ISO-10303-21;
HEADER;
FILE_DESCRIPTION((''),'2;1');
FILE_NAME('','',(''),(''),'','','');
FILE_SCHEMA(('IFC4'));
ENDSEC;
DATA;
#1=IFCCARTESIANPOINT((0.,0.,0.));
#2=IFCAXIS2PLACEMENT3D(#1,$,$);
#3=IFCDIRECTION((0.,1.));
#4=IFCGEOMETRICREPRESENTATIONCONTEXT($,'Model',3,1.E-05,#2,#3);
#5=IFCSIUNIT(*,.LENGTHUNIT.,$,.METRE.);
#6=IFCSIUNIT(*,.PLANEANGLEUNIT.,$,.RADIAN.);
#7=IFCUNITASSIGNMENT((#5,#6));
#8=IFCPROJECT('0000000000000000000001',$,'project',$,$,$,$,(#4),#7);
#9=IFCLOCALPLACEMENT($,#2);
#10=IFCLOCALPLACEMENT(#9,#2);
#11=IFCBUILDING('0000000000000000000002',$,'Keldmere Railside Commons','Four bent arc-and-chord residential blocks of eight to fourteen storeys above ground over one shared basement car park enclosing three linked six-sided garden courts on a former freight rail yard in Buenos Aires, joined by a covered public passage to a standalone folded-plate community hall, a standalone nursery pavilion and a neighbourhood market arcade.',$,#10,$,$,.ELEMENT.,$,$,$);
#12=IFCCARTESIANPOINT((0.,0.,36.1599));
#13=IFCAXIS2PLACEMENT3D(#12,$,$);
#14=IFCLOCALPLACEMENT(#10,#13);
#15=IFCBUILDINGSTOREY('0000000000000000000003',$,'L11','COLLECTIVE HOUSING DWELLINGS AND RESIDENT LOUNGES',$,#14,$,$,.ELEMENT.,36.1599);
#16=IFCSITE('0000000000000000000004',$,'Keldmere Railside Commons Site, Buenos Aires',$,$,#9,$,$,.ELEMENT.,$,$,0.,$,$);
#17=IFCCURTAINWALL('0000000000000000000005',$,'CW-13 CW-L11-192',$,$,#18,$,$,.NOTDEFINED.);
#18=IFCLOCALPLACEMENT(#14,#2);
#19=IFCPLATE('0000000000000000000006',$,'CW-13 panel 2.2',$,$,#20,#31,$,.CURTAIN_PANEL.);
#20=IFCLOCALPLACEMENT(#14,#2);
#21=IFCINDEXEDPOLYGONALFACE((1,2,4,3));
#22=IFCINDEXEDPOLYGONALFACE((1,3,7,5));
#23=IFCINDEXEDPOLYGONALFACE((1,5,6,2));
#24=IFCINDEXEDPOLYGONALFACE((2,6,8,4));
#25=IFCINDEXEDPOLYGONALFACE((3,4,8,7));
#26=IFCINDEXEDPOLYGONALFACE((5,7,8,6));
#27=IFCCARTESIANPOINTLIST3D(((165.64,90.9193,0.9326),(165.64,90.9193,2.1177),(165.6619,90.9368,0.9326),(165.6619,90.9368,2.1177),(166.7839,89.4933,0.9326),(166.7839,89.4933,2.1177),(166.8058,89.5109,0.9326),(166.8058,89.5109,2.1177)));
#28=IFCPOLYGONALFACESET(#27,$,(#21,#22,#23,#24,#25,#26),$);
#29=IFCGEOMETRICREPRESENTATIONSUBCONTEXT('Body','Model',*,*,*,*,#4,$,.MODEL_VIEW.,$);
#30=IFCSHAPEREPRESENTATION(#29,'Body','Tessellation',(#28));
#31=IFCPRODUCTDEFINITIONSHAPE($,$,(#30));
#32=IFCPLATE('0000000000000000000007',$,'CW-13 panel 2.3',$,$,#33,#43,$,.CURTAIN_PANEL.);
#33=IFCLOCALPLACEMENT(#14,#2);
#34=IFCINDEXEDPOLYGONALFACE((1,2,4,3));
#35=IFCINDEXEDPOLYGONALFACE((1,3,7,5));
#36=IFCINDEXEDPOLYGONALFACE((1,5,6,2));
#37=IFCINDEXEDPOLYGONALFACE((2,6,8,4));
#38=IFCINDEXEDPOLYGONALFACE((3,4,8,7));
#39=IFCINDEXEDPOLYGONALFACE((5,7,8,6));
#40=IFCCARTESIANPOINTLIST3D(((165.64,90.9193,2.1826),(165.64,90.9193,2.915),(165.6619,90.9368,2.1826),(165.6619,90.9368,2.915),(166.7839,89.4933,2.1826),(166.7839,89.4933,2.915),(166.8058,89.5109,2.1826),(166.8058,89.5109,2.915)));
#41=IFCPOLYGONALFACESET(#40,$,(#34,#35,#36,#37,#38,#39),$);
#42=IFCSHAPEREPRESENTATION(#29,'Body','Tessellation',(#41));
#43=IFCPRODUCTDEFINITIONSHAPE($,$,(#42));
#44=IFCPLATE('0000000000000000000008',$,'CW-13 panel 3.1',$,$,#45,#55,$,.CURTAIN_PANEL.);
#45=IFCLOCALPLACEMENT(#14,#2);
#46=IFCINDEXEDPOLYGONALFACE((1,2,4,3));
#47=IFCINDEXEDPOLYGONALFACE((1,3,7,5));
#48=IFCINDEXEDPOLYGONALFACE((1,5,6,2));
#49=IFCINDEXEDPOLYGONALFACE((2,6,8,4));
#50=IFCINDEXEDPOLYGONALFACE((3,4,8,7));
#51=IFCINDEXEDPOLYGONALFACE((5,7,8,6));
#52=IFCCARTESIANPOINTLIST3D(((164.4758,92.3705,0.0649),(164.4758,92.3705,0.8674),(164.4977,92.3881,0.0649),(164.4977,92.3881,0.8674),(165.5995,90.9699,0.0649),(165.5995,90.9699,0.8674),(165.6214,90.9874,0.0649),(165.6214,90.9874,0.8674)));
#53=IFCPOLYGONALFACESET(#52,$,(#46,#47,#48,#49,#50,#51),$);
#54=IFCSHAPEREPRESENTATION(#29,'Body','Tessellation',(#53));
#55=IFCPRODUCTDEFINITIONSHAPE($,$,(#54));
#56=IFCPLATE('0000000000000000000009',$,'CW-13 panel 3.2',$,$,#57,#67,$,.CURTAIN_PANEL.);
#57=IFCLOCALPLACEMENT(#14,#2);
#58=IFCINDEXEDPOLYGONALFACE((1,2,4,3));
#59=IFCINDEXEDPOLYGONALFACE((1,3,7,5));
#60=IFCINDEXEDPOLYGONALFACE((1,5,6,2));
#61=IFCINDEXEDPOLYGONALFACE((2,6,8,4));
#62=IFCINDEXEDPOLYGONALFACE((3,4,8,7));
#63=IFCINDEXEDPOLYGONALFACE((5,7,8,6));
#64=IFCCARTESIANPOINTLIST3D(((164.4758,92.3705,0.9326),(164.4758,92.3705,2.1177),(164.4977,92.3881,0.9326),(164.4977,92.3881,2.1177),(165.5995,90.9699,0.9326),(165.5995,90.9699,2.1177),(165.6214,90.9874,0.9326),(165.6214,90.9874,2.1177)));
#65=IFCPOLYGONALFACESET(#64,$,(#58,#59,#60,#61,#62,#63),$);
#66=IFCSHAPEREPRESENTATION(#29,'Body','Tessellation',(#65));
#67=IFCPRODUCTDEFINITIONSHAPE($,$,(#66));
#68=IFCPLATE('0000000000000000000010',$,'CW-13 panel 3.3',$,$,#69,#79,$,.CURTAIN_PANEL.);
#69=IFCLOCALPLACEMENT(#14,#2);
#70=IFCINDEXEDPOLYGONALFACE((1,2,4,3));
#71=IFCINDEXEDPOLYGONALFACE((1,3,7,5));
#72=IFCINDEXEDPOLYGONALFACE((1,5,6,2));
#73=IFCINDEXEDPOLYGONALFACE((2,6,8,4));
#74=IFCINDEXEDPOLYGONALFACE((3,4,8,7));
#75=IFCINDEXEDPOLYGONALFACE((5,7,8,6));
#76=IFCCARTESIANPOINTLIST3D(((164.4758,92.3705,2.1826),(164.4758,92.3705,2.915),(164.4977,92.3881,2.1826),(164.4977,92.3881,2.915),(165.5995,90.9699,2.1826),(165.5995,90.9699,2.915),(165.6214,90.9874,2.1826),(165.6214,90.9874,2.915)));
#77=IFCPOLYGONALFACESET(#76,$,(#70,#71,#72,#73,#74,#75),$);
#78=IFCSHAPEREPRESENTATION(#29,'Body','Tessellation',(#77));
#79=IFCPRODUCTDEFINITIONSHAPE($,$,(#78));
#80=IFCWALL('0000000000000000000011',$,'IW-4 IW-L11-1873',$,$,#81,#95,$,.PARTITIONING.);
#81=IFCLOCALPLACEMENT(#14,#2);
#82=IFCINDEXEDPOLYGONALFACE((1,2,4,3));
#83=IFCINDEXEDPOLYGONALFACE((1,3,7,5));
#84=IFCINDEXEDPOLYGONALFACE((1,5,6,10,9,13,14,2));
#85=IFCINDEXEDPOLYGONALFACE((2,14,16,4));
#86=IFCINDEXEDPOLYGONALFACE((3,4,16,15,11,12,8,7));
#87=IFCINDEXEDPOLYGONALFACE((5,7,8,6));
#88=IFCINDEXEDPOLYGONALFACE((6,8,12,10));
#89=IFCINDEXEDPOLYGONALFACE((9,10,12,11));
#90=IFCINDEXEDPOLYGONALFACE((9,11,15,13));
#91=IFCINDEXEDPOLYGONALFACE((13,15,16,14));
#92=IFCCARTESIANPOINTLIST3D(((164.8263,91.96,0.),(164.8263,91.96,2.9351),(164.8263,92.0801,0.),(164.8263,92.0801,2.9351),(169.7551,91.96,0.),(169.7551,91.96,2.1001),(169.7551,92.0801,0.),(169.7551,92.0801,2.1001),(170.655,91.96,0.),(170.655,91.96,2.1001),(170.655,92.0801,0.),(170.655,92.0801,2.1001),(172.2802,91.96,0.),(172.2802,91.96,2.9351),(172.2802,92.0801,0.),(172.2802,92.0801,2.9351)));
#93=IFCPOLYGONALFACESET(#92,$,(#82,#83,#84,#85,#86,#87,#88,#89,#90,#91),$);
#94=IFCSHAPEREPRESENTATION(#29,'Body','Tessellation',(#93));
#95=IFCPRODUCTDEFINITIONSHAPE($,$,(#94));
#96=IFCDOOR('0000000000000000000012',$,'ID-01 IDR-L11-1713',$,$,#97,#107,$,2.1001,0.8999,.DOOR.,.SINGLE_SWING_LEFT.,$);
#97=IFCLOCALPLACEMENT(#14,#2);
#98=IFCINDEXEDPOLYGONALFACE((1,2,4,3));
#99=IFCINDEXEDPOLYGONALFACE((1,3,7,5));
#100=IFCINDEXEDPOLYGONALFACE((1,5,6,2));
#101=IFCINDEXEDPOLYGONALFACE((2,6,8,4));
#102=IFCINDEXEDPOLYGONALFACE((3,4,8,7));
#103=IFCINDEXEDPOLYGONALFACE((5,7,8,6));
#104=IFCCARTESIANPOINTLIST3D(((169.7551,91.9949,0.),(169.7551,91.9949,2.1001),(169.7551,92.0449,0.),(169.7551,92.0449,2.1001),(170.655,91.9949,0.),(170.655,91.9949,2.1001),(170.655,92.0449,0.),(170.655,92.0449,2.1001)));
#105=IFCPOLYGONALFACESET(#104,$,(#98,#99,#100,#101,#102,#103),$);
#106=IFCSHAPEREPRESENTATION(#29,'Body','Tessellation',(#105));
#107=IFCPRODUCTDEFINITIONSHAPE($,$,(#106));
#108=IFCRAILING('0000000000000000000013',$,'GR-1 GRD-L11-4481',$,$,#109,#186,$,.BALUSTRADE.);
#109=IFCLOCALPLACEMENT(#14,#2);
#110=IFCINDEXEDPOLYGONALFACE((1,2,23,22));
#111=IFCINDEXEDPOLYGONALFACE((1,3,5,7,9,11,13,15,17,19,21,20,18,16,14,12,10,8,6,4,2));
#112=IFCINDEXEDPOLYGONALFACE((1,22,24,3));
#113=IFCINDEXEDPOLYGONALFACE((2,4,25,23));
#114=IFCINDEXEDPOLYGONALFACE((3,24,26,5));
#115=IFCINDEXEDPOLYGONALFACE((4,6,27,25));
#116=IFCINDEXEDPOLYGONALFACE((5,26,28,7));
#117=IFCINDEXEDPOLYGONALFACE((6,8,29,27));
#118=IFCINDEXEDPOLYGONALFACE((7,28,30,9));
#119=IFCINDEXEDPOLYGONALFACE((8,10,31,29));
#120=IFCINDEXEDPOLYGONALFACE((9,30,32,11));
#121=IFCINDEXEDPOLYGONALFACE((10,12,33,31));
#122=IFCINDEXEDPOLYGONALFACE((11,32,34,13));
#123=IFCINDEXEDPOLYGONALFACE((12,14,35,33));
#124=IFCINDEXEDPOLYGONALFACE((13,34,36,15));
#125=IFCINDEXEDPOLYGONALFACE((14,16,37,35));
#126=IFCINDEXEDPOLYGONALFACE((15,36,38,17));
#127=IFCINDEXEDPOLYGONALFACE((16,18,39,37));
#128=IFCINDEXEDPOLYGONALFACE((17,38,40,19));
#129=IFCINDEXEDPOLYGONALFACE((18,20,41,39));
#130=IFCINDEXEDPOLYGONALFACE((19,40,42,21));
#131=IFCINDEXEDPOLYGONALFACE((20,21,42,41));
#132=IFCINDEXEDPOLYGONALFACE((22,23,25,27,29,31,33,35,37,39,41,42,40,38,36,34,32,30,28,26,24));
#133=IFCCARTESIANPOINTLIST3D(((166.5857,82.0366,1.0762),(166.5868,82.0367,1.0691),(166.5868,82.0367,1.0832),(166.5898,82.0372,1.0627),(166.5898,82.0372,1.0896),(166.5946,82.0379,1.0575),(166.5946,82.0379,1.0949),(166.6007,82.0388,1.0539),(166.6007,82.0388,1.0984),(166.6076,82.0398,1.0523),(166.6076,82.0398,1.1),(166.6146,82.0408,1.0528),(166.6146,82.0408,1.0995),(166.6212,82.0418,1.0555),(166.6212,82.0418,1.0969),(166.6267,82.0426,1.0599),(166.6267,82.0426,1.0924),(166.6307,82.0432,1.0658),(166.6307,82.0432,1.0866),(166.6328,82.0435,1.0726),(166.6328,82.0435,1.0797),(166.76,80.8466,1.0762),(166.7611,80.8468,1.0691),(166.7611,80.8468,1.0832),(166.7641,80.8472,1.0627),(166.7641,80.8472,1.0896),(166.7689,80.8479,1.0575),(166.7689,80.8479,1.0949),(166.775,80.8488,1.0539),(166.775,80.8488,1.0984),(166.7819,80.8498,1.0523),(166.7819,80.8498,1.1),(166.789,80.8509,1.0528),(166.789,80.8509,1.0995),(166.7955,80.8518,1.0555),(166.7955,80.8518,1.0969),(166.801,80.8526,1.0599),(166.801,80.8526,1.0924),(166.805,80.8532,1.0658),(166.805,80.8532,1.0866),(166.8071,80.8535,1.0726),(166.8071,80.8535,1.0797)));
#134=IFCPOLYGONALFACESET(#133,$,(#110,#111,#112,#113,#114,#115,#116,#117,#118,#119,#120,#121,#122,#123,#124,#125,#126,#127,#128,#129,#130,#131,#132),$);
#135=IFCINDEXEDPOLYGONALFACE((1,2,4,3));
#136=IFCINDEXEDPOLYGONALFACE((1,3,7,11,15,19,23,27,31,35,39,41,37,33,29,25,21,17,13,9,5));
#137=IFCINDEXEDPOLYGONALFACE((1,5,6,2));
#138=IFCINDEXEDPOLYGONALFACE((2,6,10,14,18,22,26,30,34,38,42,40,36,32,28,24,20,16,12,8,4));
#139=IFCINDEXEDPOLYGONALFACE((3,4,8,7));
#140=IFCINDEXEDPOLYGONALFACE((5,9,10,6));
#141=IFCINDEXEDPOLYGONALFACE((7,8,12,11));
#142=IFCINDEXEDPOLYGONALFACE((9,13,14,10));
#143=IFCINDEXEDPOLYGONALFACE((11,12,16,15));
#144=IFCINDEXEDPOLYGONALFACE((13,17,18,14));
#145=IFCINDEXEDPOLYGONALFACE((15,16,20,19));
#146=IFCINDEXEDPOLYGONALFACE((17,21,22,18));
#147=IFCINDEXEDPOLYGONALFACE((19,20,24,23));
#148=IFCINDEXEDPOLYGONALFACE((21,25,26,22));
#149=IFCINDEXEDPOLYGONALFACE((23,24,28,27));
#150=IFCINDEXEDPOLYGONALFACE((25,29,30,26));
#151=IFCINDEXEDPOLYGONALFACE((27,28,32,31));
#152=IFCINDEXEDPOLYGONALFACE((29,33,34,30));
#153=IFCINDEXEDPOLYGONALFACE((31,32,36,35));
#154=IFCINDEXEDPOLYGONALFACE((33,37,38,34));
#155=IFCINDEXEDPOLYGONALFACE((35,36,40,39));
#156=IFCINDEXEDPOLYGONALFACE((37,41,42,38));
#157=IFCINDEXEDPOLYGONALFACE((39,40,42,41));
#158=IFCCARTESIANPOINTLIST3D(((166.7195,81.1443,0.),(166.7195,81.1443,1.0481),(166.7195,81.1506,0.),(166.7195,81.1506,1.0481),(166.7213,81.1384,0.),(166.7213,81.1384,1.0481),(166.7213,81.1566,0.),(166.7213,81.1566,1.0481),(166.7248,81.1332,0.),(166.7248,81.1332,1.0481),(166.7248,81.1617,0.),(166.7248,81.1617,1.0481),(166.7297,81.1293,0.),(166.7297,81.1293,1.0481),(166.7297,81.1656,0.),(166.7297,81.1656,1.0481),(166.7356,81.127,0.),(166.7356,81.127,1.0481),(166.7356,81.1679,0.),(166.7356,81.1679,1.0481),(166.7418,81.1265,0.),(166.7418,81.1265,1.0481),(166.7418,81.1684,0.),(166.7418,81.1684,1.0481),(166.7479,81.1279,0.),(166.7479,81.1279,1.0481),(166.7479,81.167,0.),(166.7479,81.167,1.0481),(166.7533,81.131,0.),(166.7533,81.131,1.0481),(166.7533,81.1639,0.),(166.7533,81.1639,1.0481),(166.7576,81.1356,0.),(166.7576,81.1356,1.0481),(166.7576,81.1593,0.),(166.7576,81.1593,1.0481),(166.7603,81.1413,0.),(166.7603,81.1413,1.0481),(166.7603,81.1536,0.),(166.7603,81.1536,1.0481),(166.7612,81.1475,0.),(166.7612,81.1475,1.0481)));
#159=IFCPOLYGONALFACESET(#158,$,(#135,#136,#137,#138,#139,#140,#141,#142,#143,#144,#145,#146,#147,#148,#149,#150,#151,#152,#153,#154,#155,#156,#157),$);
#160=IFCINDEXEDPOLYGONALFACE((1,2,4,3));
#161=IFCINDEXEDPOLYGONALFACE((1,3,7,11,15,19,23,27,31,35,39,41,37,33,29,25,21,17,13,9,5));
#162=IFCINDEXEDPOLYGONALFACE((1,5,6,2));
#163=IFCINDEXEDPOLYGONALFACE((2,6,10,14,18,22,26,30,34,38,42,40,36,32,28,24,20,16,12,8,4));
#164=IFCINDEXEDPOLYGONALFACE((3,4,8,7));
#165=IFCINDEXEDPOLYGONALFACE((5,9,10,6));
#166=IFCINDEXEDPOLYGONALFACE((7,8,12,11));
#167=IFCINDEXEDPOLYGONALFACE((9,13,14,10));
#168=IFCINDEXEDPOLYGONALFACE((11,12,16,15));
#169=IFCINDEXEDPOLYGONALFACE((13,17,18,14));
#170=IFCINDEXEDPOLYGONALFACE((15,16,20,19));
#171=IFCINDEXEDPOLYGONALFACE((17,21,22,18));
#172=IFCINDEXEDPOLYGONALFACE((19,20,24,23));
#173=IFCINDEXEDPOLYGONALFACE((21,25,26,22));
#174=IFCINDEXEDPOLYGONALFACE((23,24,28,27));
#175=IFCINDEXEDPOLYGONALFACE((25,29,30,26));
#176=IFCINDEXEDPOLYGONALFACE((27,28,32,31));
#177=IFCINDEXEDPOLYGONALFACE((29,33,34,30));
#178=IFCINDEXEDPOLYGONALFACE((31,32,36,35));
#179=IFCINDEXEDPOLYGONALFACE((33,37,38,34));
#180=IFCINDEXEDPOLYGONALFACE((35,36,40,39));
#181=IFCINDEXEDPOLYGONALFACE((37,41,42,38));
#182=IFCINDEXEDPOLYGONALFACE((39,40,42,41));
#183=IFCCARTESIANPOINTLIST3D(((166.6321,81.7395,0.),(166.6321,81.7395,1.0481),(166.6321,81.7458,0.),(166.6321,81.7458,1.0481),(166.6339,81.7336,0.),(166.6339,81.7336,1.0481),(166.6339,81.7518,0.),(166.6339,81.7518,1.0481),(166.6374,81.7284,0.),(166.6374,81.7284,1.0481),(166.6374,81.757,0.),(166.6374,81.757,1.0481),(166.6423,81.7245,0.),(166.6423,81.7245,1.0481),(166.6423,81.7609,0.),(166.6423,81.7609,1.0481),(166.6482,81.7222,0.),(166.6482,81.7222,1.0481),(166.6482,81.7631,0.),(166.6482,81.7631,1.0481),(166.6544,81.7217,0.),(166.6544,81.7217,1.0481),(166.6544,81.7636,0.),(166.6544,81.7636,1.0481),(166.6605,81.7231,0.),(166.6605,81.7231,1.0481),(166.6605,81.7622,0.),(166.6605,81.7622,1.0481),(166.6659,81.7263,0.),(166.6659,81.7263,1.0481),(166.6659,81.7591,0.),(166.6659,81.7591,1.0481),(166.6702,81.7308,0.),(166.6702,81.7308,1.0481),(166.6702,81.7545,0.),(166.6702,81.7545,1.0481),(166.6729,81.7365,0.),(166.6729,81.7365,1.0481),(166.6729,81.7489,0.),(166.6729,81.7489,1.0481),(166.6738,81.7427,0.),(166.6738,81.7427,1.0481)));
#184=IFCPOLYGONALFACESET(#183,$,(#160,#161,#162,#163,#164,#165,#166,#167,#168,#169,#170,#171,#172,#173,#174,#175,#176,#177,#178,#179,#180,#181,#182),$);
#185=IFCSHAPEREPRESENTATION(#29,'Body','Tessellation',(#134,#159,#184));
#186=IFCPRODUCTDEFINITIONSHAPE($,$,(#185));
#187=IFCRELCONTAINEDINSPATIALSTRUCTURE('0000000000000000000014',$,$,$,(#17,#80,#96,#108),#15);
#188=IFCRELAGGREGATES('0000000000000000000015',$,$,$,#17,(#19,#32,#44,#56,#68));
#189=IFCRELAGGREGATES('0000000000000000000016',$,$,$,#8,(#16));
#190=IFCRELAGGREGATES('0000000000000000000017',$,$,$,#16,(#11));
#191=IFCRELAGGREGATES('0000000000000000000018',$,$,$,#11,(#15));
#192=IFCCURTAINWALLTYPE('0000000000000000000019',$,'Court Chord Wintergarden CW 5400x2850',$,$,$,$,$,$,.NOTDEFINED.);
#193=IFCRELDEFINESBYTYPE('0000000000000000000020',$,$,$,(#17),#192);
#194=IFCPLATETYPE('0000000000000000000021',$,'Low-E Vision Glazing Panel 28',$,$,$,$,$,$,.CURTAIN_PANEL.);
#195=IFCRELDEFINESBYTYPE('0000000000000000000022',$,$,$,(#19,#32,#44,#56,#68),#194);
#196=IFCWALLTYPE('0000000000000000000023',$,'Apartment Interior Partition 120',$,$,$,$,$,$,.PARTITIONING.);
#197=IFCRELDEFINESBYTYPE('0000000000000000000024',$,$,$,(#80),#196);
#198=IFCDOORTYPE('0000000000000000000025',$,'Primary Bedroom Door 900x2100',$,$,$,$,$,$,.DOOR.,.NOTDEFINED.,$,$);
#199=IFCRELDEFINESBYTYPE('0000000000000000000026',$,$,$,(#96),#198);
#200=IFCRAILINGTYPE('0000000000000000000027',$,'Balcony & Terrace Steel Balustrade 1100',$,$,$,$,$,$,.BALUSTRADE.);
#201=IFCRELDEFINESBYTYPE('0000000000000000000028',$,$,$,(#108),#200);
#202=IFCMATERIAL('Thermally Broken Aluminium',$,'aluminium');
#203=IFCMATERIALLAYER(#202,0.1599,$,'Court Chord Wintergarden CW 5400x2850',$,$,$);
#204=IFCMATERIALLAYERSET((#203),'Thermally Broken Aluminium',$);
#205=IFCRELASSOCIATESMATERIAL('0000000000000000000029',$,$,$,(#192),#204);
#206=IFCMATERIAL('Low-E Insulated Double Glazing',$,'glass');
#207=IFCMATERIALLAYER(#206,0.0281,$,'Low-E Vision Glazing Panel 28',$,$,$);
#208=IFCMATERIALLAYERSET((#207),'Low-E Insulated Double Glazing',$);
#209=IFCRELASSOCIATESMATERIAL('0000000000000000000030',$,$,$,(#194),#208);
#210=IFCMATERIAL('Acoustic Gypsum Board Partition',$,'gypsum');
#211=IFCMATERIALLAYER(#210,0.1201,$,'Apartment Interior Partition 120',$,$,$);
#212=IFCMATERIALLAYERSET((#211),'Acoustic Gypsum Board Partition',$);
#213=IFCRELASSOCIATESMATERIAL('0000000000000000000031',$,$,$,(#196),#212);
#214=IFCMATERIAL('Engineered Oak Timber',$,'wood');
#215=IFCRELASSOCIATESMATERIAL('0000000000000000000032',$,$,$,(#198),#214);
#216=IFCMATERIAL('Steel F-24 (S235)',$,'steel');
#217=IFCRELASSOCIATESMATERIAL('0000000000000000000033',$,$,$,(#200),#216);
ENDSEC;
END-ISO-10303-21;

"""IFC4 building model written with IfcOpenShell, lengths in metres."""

from ifc_helpers import new_model, si_unit, direction, frame, frame_2d, origin, origin_2d, place, context, subcontext, project, spatial, rectangle, circle, extrude, material, layer, layer_set, type_object, element, fill, aggregate, save


model = new_model("IFC4")

# Units and contexts
model_context = context("Model", 3, precision=1e-05, world=origin(), true_north=direction((0.0, 1.0)))
body_context = subcontext(model_context, "Body", "Model", "MODEL_VIEW")
ifc_project = project(units=[si_unit("LENGTHUNIT", "METRE"), si_unit("PLANEANGLEUNIT", "RADIAN")], contexts=[model_context])

# Site, building, storey
site_placement = place(None, origin())
site = spatial("IfcSite", under=ifc_project, at=site_placement, Name="Keldmere Railside Commons Site, Buenos Aires", CompositionType="ELEMENT", RefElevation=0.0)
building_placement = place(site_placement, origin())
building = spatial("IfcBuilding", under=site, at=building_placement, Name="Keldmere Railside Commons", Description="Four bent arc-and-chord residential blocks of eight to fourteen storeys above ground over one shared basement car park enclosing three linked six-sided garden courts on a former freight rail yard in Buenos Aires, joined by a covered public passage to a standalone folded-plate community hall, a standalone nursery pavilion and a neighbourhood market arcade.", CompositionType="ELEMENT")
storey_placement = place(building_placement, frame((0.0, 0.0, 36.1599)))
storey = spatial("IfcBuildingStorey", under=building, at=storey_placement, Name="L11", Description="COLLECTIVE HOUSING DWELLINGS AND RESIDENT LOUNGES", CompositionType="ELEMENT", Elevation=36.1599)

# Curtain wall, plates
ifc_material_1 = material(Name="Thermally Broken Aluminium", Category="aluminium")
ifc_layer_1 = layer(ifc_material_1, 0.1599, Name="Court Chord Wintergarden CW 5400x2850")
ifc_layer_set_1 = layer_set([ifc_layer_1], Name="Thermally Broken Aluminium")
curtain_wall_type = type_object("IfcCurtainWallType", Name="Court Chord Wintergarden CW 5400x2850", PredefinedType="NOTDEFINED", material=ifc_layer_set_1)
curtain_wall_placement = place(storey_placement, origin())
curtain_wall = element("IfcCurtainWall", 1, at=curtain_wall_placement, inside=storey, type_object=curtain_wall_type, Name="CW-13 CW-L11-192", PredefinedType="NOTDEFINED")
ifc_material_2 = material(Name="Low-E Insulated Double Glazing", Category="glass")
ifc_layer_2 = layer(ifc_material_2, 0.0281, Name="Low-E Vision Glazing Panel 28")
ifc_layer_set_2 = layer_set([ifc_layer_2], Name="Low-E Insulated Double Glazing")
plate_type = type_object("IfcPlateType", Name="Low-E Vision Glazing Panel 28", PredefinedType="CURTAIN_PANEL", material=ifc_layer_set_2)
plate_1_placement = place(storey_placement, frame((166.2229, 90.2151, 0.9326), z_axis=(0.0, 0.0, 1.0), x_axis=(-0.625768, 0.780009, 0.0)))
plate_1 = element("IfcPlate", 2, at=plate_1_placement, type_object=plate_type, Name="CW-13 panel 2.2", PredefinedType="CURTAIN_PANEL", context=body_context, shape_type="SweptSolid", body=[
    extrude(rectangle(XDim=1.8281, YDim=0.0281, at=origin_2d()), origin(), (0.0, 0.0, 1.0), 1.1851),
])
plate_2_placement = place(storey_placement, frame((166.2229, 90.2151, 2.1826), z_axis=(0.0, 0.0, 1.0), x_axis=(-0.625768, 0.780009, 0.0)))
plate_2 = element("IfcPlate", 3, at=plate_2_placement, type_object=plate_type, Name="CW-13 panel 2.3", PredefinedType="CURTAIN_PANEL", context=body_context, shape_type="SweptSolid", body=[
    extrude(rectangle(XDim=1.8281, YDim=0.0281, at=origin_2d()), origin(), (0.0, 0.0, 1.0), 0.7324),
])
plate_3_placement = place(storey_placement, frame((165.0486, 91.679, 0.0649), z_axis=(0.0, 0.0, 1.0), x_axis=(-0.625768, 0.780009, 0.0)))
plate_3 = element("IfcPlate", 4, at=plate_3_placement, type_object=plate_type, Name="CW-13 panel 3.1", PredefinedType="CURTAIN_PANEL", context=body_context, shape_type="SweptSolid", body=[
    extrude(rectangle(XDim=1.7957, YDim=0.0281, at=origin_2d()), origin(), (0.0, 0.0, 1.0), 0.8025),
])
plate_4_placement = place(storey_placement, frame((165.0486, 91.679, 0.9326), z_axis=(0.0, 0.0, 1.0), x_axis=(-0.625768, 0.780009, 0.0)))
plate_4 = element("IfcPlate", 5, at=plate_4_placement, type_object=plate_type, Name="CW-13 panel 3.2", PredefinedType="CURTAIN_PANEL", context=body_context, shape_type="SweptSolid", body=[
    extrude(rectangle(XDim=1.7957, YDim=0.0281, at=origin_2d()), origin(), (0.0, 0.0, 1.0), 1.1851),
])
plate_5_placement = place(storey_placement, frame((165.0486, 91.679, 2.1826), z_axis=(0.0, 0.0, 1.0), x_axis=(-0.625768, 0.780009, 0.0)))
plate_5 = element("IfcPlate", 6, at=plate_5_placement, type_object=plate_type, Name="CW-13 panel 3.3", PredefinedType="CURTAIN_PANEL", context=body_context, shape_type="SweptSolid", body=[
    extrude(rectangle(XDim=1.7957, YDim=0.0281, at=origin_2d()), origin(), (0.0, 0.0, 1.0), 0.7324),
])
aggregate(curtain_wall, [plate_1, plate_2, plate_3, plate_4, plate_5])

# Wall, opening, door
ifc_material_3 = material(Name="Acoustic Gypsum Board Partition", Category="gypsum")
ifc_layer_3 = layer(ifc_material_3, 0.1201, Name="Apartment Interior Partition 120")
ifc_layer_set_3 = layer_set([ifc_layer_3], Name="Acoustic Gypsum Board Partition")
wall_type = type_object("IfcWallType", Name="Apartment Interior Partition 120", PredefinedType="PARTITIONING", material=ifc_layer_set_3)
wall_placement = place(storey_placement, frame((164.8262, 92.02, 0.0), z_axis=(0.0, 0.0, 1.0), x_axis=(1.0, 0.0, 0.0)))
wall = element("IfcWall", 7, at=wall_placement, inside=storey, type_object=wall_type, Name="IW-4 IW-L11-1873", PredefinedType="PARTITIONING", context=body_context, shape_type="SweptSolid", body=[
    extrude(rectangle(XDim=7.4539, YDim=0.1201, at=frame_2d((3.7271, 0.0))), origin(), (0.0, 0.0, 1.0), 2.9351),
])
opening_placement = place(wall_placement, frame((4.929, 0.0, 0.0)))
opening = element("IfcOpeningElement", 8, at=opening_placement, cuts=wall, PredefinedType="OPENING", context=body_context, shape_type="SweptSolid", body=[
    extrude(rectangle(XDim=0.8999, YDim=2.1001, at=frame_2d((0.45, 1.05))), frame((0.0, 0.0701, 0.0), z_axis=(0.0, -1.0, 0.0), x_axis=(1.0, 0.0, 0.0)), (0.0, 0.0, 1.0), 0.1401),
])
ifc_material_4 = material(Name="Engineered Oak Timber", Category="wood")
door_type = type_object("IfcDoorType", Name="Primary Bedroom Door 900x2100", OperationType="NOTDEFINED", PredefinedType="DOOR", material=ifc_material_4)
door_placement = place(opening_placement, origin())
door = element("IfcDoor", 9, at=door_placement, inside=storey, type_object=door_type, Name="ID-01 IDR-L11-1713", OperationType="SINGLE_SWING_LEFT", OverallHeight=2.1001, OverallWidth=0.8999, PredefinedType="DOOR", context=body_context, shape_type="SweptSolid", body=[
    extrude(rectangle(XDim=0.8999, YDim=2.1001, at=frame_2d((0.45, 1.05))), frame((0.0, 0.0249, 0.0), z_axis=(0.0, -1.0, 0.0), x_axis=(1.0, 0.0, 0.0)), (0.0, 0.0, 1.0), 0.05),
])
fill(opening, door)

# Railing
ifc_material_5 = material(Name="Steel F-24 (S235)", Category="steel")
railing_type = type_object("IfcRailingType", Name="Balcony & Terrace Steel Balustrade 1100", PredefinedType="BALUSTRADE", material=ifc_material_5)
railing_1_placement = place(storey_placement, frame((166.7837, 80.8501, 0.0)))
element("IfcRailing", 10, at=railing_1_placement, inside=storey, type_object=railing_type, Name="GR-1 GRD-L11-4481", PredefinedType="BALUSTRADE", context=body_context, shape_type="SweptSolid", body=[
    extrude(circle(Radius=0.0239, at=origin_2d()), frame((0.0, 0.0, 1.0762), z_axis=(-0.144945, 0.98944, 0.0), x_axis=(-0.98944, -0.144945, 0.0)), (0.0, 0.0, 1.0), 1.2026),
    extrude(circle(Radius=0.021, at=origin_2d()), frame((-0.0435, 0.2974, 0.0)), (0.0, 0.0, 1.0), 1.0481),
    extrude(circle(Radius=0.021, at=origin_2d()), frame((-0.1309, 0.8926, 0.0)), (0.0, 0.0, 1.0), 1.0481),
])

save(model, "model.ifc")
